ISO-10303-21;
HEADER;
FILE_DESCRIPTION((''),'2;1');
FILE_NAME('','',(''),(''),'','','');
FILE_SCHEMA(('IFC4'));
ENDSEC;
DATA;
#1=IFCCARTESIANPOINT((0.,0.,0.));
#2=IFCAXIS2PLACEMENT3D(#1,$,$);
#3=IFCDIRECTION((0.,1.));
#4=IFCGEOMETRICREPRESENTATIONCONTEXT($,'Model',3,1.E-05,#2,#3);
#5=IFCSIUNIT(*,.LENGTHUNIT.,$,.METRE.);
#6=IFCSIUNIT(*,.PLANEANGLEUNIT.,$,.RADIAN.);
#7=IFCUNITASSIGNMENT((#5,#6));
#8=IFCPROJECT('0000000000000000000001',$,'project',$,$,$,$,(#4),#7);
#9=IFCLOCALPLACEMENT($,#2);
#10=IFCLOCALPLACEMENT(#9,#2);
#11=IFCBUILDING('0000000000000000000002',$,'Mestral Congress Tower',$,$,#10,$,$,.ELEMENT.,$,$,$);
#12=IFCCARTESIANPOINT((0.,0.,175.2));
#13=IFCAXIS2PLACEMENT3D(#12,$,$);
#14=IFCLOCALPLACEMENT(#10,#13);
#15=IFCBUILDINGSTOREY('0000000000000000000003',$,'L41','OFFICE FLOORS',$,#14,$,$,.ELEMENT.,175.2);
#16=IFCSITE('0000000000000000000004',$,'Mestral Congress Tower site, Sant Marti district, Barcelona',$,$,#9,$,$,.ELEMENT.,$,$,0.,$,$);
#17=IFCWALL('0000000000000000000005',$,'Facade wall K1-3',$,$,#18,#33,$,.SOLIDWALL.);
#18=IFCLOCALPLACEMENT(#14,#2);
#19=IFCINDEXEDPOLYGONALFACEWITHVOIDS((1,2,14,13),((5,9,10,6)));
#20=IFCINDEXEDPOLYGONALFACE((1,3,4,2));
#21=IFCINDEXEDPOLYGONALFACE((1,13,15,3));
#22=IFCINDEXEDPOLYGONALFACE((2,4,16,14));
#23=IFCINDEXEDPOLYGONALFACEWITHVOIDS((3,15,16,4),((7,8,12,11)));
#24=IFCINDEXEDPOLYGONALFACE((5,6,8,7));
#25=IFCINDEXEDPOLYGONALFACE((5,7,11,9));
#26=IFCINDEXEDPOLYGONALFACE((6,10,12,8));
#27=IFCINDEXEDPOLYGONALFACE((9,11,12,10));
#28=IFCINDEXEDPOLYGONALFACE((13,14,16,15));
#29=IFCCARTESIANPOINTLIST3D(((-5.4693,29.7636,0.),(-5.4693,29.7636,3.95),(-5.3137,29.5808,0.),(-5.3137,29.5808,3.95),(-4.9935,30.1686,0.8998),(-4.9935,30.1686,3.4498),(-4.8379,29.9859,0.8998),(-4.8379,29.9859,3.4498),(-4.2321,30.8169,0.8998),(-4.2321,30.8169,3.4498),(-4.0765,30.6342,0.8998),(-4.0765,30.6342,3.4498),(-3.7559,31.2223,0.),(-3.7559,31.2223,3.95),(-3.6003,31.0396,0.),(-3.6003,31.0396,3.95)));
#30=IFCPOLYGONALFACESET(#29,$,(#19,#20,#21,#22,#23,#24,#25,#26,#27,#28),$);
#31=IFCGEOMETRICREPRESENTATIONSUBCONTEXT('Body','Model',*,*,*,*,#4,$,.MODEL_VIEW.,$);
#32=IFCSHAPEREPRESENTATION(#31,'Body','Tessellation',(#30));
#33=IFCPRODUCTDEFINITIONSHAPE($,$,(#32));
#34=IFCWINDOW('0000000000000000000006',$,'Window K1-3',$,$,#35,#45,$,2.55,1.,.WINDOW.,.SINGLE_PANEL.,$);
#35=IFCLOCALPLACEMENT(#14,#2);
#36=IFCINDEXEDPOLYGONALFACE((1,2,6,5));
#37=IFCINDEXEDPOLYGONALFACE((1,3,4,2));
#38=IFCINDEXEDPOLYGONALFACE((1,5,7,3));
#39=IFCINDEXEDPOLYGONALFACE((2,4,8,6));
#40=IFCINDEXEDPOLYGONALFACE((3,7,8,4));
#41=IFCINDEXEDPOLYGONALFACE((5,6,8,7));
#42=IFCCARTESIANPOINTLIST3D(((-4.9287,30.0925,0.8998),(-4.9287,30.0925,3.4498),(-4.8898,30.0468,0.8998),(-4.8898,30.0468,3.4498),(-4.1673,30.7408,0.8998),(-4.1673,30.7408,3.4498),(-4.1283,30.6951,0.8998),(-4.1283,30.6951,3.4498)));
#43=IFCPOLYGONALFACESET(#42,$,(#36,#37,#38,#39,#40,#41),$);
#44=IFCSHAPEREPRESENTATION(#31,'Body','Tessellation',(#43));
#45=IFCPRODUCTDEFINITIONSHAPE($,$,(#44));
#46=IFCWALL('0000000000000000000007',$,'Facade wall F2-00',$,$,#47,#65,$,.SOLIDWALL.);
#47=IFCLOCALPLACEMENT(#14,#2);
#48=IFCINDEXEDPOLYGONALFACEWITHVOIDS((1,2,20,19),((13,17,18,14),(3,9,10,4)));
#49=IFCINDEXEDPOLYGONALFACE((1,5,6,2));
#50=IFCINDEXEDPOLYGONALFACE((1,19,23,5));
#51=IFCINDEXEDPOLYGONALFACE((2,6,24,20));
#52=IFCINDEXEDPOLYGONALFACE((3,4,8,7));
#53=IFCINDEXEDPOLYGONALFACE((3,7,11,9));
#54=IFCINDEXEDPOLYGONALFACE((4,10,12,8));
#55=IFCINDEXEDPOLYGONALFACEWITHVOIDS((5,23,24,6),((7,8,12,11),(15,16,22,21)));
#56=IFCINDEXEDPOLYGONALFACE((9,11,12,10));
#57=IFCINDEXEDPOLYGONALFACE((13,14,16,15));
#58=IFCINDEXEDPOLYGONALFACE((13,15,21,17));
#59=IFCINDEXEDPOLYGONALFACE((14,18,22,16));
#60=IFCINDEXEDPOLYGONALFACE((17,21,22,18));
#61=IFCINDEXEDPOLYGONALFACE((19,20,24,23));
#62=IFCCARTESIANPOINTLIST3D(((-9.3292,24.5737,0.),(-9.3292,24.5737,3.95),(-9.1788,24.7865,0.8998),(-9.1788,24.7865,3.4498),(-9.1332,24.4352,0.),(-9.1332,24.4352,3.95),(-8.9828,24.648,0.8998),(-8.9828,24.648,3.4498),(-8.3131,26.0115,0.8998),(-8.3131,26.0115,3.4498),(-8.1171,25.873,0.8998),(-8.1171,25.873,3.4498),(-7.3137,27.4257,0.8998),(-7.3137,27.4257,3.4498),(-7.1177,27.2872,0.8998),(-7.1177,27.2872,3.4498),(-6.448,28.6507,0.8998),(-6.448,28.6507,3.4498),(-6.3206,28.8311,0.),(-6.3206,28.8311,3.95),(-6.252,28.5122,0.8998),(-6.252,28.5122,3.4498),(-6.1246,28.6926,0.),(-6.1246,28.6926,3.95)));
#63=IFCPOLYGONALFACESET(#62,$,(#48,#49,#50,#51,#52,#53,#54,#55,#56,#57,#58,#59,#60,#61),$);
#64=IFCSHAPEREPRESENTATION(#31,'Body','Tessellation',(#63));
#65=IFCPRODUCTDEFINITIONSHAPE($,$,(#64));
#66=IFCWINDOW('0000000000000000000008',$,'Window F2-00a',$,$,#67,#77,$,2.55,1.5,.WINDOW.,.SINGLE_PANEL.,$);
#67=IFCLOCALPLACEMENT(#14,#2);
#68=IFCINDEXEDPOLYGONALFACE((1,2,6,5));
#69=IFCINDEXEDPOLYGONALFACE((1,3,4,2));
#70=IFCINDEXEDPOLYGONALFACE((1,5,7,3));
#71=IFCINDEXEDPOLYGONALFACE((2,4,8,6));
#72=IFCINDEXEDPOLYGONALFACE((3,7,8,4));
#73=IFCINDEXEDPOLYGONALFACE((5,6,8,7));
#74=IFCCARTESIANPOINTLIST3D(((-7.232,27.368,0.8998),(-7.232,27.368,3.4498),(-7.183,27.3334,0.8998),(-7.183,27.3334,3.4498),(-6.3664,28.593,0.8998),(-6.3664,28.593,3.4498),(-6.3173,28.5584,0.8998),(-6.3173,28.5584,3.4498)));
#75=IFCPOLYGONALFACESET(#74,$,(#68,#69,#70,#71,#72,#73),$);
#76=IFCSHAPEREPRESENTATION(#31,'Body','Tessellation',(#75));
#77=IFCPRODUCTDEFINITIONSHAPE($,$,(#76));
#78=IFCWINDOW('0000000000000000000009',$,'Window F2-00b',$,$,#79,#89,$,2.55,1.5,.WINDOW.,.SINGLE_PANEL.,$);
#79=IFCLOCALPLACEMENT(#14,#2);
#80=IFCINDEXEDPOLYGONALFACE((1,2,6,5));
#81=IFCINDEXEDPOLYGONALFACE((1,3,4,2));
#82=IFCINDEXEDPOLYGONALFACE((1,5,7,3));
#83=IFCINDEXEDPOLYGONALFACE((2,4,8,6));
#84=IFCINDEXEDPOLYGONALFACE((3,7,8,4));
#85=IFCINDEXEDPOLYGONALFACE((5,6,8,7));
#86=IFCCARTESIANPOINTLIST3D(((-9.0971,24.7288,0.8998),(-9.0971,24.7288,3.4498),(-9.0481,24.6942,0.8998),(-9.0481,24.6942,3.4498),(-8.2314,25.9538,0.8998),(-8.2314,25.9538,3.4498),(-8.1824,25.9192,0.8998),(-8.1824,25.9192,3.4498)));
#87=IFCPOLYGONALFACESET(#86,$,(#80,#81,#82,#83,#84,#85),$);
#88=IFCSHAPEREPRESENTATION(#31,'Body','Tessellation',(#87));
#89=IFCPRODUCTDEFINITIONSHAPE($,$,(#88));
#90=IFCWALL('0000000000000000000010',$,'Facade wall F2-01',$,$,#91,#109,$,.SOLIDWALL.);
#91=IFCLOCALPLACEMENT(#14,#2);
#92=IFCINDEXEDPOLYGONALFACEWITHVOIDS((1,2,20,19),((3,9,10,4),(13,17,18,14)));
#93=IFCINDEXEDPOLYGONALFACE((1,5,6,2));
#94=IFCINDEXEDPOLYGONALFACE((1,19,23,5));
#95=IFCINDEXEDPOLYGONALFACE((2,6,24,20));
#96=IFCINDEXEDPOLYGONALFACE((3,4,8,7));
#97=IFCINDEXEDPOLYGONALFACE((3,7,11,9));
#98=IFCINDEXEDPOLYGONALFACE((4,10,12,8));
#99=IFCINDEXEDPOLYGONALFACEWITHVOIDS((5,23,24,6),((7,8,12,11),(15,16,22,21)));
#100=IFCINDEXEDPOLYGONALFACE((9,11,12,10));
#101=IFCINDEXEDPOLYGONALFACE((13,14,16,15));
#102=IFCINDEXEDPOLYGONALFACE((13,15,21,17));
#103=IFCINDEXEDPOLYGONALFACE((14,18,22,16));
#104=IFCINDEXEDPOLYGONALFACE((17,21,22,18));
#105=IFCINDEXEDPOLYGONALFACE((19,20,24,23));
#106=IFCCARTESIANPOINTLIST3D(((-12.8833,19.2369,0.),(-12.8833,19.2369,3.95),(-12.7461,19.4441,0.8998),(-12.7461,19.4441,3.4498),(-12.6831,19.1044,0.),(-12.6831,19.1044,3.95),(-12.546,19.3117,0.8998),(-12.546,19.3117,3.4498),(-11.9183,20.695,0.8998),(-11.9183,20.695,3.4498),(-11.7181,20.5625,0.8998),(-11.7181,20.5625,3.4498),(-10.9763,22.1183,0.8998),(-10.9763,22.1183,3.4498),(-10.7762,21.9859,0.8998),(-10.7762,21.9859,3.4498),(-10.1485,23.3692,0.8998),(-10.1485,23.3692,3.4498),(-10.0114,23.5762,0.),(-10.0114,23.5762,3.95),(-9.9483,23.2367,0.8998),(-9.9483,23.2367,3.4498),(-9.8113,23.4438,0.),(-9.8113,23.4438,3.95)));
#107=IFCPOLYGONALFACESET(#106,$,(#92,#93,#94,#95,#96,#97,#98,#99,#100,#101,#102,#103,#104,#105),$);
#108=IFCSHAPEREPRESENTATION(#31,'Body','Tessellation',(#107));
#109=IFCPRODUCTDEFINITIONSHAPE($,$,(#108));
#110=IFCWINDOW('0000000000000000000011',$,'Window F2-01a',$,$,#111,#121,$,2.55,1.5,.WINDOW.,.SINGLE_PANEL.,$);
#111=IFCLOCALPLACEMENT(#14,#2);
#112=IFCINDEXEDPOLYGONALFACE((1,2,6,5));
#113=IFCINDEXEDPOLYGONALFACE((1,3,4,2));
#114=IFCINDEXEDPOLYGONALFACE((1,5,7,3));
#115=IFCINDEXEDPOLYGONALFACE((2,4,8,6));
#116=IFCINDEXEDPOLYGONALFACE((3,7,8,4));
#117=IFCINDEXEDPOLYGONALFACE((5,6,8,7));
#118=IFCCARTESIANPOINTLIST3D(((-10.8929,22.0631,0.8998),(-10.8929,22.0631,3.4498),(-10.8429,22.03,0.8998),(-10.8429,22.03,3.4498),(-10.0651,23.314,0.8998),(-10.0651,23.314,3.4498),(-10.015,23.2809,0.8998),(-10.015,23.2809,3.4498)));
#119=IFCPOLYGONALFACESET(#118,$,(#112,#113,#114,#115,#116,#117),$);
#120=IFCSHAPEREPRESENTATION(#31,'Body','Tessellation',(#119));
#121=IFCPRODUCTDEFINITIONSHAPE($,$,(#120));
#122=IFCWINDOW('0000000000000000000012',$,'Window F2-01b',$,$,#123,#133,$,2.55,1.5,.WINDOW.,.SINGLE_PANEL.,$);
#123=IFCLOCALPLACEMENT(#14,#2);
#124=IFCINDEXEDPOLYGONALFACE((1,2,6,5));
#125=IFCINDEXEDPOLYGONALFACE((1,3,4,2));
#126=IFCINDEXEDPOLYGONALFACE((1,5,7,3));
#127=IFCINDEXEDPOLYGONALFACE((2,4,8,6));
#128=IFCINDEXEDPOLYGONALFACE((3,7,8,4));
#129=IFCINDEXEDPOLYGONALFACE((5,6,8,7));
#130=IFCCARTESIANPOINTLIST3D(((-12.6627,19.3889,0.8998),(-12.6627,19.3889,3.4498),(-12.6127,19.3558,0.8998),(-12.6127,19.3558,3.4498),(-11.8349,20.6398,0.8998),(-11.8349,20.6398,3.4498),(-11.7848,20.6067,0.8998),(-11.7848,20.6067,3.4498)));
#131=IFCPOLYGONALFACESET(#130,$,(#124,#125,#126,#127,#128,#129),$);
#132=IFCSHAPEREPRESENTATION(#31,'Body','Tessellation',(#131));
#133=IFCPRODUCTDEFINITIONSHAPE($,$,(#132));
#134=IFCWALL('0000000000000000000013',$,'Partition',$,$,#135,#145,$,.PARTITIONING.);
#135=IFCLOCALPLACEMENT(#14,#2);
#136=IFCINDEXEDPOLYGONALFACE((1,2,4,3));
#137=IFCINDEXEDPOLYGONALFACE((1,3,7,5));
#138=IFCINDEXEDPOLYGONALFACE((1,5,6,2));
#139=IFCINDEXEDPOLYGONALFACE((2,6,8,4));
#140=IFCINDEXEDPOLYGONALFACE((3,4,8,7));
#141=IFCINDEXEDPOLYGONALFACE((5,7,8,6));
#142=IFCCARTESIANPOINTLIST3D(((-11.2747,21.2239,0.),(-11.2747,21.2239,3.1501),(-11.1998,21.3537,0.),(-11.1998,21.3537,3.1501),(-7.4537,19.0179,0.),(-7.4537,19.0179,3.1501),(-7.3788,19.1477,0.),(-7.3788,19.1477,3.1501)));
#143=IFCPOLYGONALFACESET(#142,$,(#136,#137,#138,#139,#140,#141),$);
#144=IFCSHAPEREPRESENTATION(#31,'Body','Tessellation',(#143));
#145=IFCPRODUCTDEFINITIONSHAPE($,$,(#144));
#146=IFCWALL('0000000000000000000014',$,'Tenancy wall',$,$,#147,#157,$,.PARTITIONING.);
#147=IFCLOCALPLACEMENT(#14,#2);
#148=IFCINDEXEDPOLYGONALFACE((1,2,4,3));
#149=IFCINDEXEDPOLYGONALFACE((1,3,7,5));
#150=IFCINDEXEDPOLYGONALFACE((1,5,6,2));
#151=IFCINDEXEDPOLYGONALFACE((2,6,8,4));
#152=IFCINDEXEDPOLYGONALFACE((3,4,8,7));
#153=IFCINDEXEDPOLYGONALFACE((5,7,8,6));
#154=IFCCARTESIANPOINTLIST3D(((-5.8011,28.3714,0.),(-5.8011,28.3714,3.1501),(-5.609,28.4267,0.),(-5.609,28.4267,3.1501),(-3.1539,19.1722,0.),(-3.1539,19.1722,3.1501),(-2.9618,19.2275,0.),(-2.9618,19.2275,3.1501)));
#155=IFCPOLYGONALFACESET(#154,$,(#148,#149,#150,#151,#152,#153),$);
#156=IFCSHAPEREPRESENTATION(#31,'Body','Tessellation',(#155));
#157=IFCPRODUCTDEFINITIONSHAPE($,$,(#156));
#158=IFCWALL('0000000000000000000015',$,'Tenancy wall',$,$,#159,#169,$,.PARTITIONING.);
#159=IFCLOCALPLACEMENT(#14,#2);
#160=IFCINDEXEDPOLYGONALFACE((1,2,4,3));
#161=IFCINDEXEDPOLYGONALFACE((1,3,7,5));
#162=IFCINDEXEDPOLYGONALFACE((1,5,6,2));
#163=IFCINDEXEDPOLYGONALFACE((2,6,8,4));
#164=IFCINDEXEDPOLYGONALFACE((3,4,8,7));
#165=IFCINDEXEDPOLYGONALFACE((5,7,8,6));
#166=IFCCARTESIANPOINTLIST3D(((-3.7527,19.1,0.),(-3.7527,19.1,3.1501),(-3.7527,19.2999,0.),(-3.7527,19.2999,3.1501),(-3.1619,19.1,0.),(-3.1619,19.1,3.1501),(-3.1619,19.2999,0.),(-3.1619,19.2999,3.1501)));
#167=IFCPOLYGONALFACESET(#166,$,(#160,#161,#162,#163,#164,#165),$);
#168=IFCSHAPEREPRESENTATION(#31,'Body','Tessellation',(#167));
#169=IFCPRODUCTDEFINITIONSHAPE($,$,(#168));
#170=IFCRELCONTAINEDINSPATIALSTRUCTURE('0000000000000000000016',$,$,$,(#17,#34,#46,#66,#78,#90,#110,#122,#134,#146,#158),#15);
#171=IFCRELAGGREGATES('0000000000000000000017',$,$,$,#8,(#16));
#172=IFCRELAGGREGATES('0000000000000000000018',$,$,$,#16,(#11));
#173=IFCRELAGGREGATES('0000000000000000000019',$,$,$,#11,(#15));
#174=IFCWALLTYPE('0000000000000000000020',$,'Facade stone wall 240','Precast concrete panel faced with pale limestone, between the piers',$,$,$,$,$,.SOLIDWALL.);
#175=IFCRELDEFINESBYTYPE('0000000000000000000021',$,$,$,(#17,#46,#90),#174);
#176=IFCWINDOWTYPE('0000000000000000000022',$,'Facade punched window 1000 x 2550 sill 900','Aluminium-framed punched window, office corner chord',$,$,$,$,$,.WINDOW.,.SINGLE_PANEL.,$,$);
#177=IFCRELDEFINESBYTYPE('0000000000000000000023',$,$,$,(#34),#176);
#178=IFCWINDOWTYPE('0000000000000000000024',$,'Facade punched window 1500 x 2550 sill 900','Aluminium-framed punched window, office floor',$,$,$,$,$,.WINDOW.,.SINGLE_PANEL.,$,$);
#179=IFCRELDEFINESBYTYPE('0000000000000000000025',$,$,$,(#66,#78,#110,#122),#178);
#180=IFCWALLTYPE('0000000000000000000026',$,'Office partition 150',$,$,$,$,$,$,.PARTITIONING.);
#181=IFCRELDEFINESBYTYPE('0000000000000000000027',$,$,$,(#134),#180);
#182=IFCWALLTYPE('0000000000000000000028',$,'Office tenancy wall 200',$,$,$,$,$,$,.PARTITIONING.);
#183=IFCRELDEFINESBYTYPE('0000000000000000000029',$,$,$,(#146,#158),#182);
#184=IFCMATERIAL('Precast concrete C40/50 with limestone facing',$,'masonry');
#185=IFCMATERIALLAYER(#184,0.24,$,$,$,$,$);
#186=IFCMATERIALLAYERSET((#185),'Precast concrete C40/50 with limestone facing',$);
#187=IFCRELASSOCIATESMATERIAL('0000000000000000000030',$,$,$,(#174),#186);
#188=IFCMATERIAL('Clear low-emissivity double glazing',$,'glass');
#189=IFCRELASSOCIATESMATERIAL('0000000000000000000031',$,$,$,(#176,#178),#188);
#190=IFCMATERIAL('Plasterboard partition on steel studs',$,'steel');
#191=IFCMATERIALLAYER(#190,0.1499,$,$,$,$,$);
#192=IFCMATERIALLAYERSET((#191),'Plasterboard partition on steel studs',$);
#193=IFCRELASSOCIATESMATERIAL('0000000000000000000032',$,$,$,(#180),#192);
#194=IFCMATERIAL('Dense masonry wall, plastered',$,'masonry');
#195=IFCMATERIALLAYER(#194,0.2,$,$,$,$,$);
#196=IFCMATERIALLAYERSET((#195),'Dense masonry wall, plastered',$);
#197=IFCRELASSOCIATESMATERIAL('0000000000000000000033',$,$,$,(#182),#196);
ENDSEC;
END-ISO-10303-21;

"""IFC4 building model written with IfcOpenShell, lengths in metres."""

from ifc_helpers import new_model, si_unit, direction, frame, frame_2d, origin, place, context, subcontext, project, spatial, rectangle, extrude, material, layer, layer_set, type_object, element, fill, save


model = new_model("IFC4")

# Units and contexts
model_context = context("Model", 3, precision=1e-05, world=origin(), true_north=direction((0.0, 1.0)))
body_context = subcontext(model_context, "Body", "Model", "MODEL_VIEW")
ifc_project = project(units=[si_unit("LENGTHUNIT", "METRE"), si_unit("PLANEANGLEUNIT", "RADIAN")], contexts=[model_context])

# Site, building, storey
site_placement = place(None, origin())
site = spatial("IfcSite", under=ifc_project, at=site_placement, Name="Mestral Congress Tower site, Sant Marti district, Barcelona", CompositionType="ELEMENT", RefElevation=0.0)
building_placement = place(site_placement, origin())
building = spatial("IfcBuilding", under=site, at=building_placement, Name="Mestral Congress Tower", CompositionType="ELEMENT")
storey_placement = place(building_placement, frame((0.0, 0.0, 175.2)))
storey = spatial("IfcBuildingStorey", under=building, at=storey_placement, Name="L41", Description="OFFICE FLOORS", CompositionType="ELEMENT", Elevation=175.2)

# Wall, opening, window
ifc_material_1 = material(Name="Precast concrete C40/50 with limestone facing", Category="masonry")
ifc_layer_1 = layer(ifc_material_1, 0.24)
ifc_layer_set_1 = layer_set([ifc_layer_1], Name="Precast concrete C40/50 with limestone facing")
wall_type_1 = type_object("IfcWallType", Name="Facade stone wall 240", Description="Precast concrete panel faced with pale limestone, between the piers", PredefinedType="SOLIDWALL", material=ifc_layer_set_1)
ifc_material_2 = material(Name="Clear low-emissivity double glazing", Category="glass")
window_type_1 = type_object("IfcWindowType", Name="Facade punched window 1000 x 2550 sill 900", Description="Aluminium-framed punched window, office corner chord", PartitioningType="SINGLE_PANEL", PredefinedType="WINDOW", material=ifc_material_2)
wall_1_placement = place(storey_placement, frame((-3.6782, 31.1309, 0.0), z_axis=(0.0, 0.0, 1.0), x_axis=(-0.76142, -0.648259, 0.0)))
wall_1 = element("IfcWall", 1, at=wall_1_placement, inside=storey, type_object=wall_type_1, Name="Facade wall K1-3", PredefinedType="SOLIDWALL", context=body_context, shape_type="SweptSolid", body=[
    extrude(rectangle(XDim=2.2502, YDim=0.24, at=frame_2d((1.125, 0.0))), origin(), (0.0, 0.0, 1.0), 3.95),
])
opening_1_placement = place(wall_1_placement, frame((0.6252, 0.0, 0.8999)))
opening_1 = element("IfcOpeningElement", 2, at=opening_1_placement, cuts=wall_1, PredefinedType="OPENING", context=body_context, shape_type="SweptSolid", body=[
    extrude(rectangle(XDim=1.0, YDim=2.55, at=frame_2d((0.5, 1.2749))), frame((0.0, 0.1299, 0.0), z_axis=(0.0, -1.0, 0.0), x_axis=(1.0, 0.0, 0.0)), (0.0, 0.0, 1.0), 0.26),
])
window_1_placement = place(opening_1_placement, origin())
window_1 = element("IfcWindow", 3, at=window_1_placement, inside=storey, type_object=window_type_1, Name="Window K1-3", OverallHeight=2.55, OverallWidth=1.0, PartitioningType="SINGLE_PANEL", PredefinedType="WINDOW", context=body_context, shape_type="SweptSolid", body=[
    extrude(rectangle(XDim=1.0, YDim=2.55, at=frame_2d((0.5, 1.2749))), frame((0.0, 0.04, 0.0), z_axis=(0.0, -1.0, 0.0), x_axis=(1.0, 0.0, 0.0)), (0.0, 0.0, 1.0), 0.0601),
])
fill(opening_1, window_1)

# Walls, openings, windows
wall_2_placement = place(storey_placement, frame((-6.2227, 28.7617, 0.0), z_axis=(0.0, 0.0, 1.0), x_axis=(-0.577115, -0.816663, 0.0)))
wall_2 = element("IfcWall", 4, at=wall_2_placement, inside=storey, type_object=wall_type_1, Name="Facade wall F2-00", PredefinedType="SOLIDWALL", context=body_context, shape_type="SweptSolid", body=[
    extrude(rectangle(XDim=5.2131, YDim=0.24, at=frame_2d((2.6064, 0.0))), origin(), (0.0, 0.0, 1.0), 3.95),
])
opening_2_placement = place(wall_2_placement, frame((0.2207, 0.0, 0.8999)))
opening_2 = element("IfcOpeningElement", 5, at=opening_2_placement, cuts=wall_2, PredefinedType="OPENING", context=body_context, shape_type="SweptSolid", body=[
    extrude(rectangle(XDim=1.5, YDim=2.55, at=frame_2d((0.75, 1.2749))), frame((0.0, 0.1299, 0.0), z_axis=(0.0, -1.0, 0.0), x_axis=(1.0, 0.0, 0.0)), (0.0, 0.0, 1.0), 0.26),
])
opening_3_placement = place(wall_2_placement, frame((3.4524, 0.0, 0.8999)))
opening_3 = element("IfcOpeningElement", 6, at=opening_3_placement, cuts=wall_2, PredefinedType="OPENING", context=body_context, shape_type="SweptSolid", body=[
    extrude(rectangle(XDim=1.5, YDim=2.55, at=frame_2d((0.75, 1.2749))), frame((0.0, 0.1299, 0.0), z_axis=(0.0, -1.0, 0.0), x_axis=(1.0, 0.0, 0.0)), (0.0, 0.0, 1.0), 0.26),
])
window_type_2 = type_object("IfcWindowType", Name="Facade punched window 1500 x 2550 sill 900", Description="Aluminium-framed punched window, office floor", PartitioningType="SINGLE_PANEL", PredefinedType="WINDOW", material=ifc_material_2)
window_2_placement = place(opening_2_placement, origin())
window_2 = element("IfcWindow", 7, at=window_2_placement, inside=storey, type_object=window_type_2, Name="Window F2-00a", OverallHeight=2.55, OverallWidth=1.5, PartitioningType="SINGLE_PANEL", PredefinedType="WINDOW", context=body_context, shape_type="SweptSolid", body=[
    extrude(rectangle(XDim=1.5, YDim=2.55, at=frame_2d((0.75, 1.2749))), frame((0.0, 0.04, 0.0), z_axis=(0.0, -1.0, 0.0), x_axis=(1.0, 0.0, 0.0)), (0.0, 0.0, 1.0), 0.0601),
])
fill(opening_2, window_2)
window_3_placement = place(opening_3_placement, origin())
window_3 = element("IfcWindow", 8, at=window_3_placement, inside=storey, type_object=window_type_2, Name="Window F2-00b", OverallHeight=2.55, OverallWidth=1.5, PartitioningType="SINGLE_PANEL", PredefinedType="WINDOW", context=body_context, shape_type="SweptSolid", body=[
    extrude(rectangle(XDim=1.5, YDim=2.55, at=frame_2d((0.75, 1.2749))), frame((0.0, 0.04, 0.0), z_axis=(0.0, -1.0, 0.0), x_axis=(1.0, 0.0, 0.0)), (0.0, 0.0, 1.0), 0.0601),
])
fill(opening_3, window_3)
wall_3_placement = place(storey_placement, frame((-9.9114, 23.51, 0.0), z_axis=(0.0, 0.0, 1.0), x_axis=(-0.551893, -0.833915, 0.0)))
wall_3 = element("IfcWall", 9, at=wall_3_placement, inside=storey, type_object=wall_type_1, Name="Facade wall F2-01", PredefinedType="SOLIDWALL", context=body_context, shape_type="SweptSolid", body=[
    extrude(rectangle(XDim=5.2036, YDim=0.24, at=frame_2d((2.6018, 0.0))), origin(), (0.0, 0.0, 1.0), 3.95),
])
opening_4_placement = place(wall_3_placement, frame((0.2483, 0.0, 0.8999)))
opening_4 = element("IfcOpeningElement", 10, at=opening_4_placement, cuts=wall_3, PredefinedType="OPENING", context=body_context, shape_type="SweptSolid", body=[
    extrude(rectangle(XDim=1.5, YDim=2.55, at=frame_2d((0.75, 1.2749))), frame((0.0, 0.1299, 0.0), z_axis=(0.0, -1.0, 0.0), x_axis=(1.0, 0.0, 0.0)), (0.0, 0.0, 1.0), 0.26),
])
opening_5_placement = place(wall_3_placement, frame((3.4551, 0.0, 0.8999)))
opening_5 = element("IfcOpeningElement", 11, at=opening_5_placement, cuts=wall_3, PredefinedType="OPENING", context=body_context, shape_type="SweptSolid", body=[
    extrude(rectangle(XDim=1.5, YDim=2.55, at=frame_2d((0.75, 1.2749))), frame((0.0, 0.1299, 0.0), z_axis=(0.0, -1.0, 0.0), x_axis=(1.0, 0.0, 0.0)), (0.0, 0.0, 1.0), 0.26),
])
window_4_placement = place(opening_4_placement, origin())
window_4 = element("IfcWindow", 12, at=window_4_placement, inside=storey, type_object=window_type_2, Name="Window F2-01a", OverallHeight=2.55, OverallWidth=1.5, PartitioningType="SINGLE_PANEL", PredefinedType="WINDOW", context=body_context, shape_type="SweptSolid", body=[
    extrude(rectangle(XDim=1.5, YDim=2.55, at=frame_2d((0.75, 1.2749))), frame((0.0, 0.04, 0.0), z_axis=(0.0, -1.0, 0.0), x_axis=(1.0, 0.0, 0.0)), (0.0, 0.0, 1.0), 0.0601),
])
fill(opening_4, window_4)
window_5_placement = place(opening_5_placement, origin())
window_5 = element("IfcWindow", 13, at=window_5_placement, inside=storey, type_object=window_type_2, Name="Window F2-01b", OverallHeight=2.55, OverallWidth=1.5, PartitioningType="SINGLE_PANEL", PredefinedType="WINDOW", context=body_context, shape_type="SweptSolid", body=[
    extrude(rectangle(XDim=1.5, YDim=2.55, at=frame_2d((0.75, 1.2749))), frame((0.0, 0.04, 0.0), z_axis=(0.0, -1.0, 0.0), x_axis=(1.0, 0.0, 0.0)), (0.0, 0.0, 1.0), 0.0601),
])
fill(opening_5, window_5)

# Walls
ifc_material_3 = material(Name="Plasterboard partition on steel studs", Category="steel")
ifc_layer_2 = layer(ifc_material_3, 0.1499)
ifc_layer_set_2 = layer_set([ifc_layer_2], Name="Plasterboard partition on steel studs")
wall_type_2 = type_object("IfcWallType", Name="Office partition 150", PredefinedType="PARTITIONING", material=ifc_layer_set_2)
wall_4_placement = place(storey_placement, frame((-7.4163, 19.0828, 0.0), z_axis=(0.0, 0.0, 1.0), x_axis=(-0.866028, 0.499995, 0.0)))
element("IfcWall", 14, at=wall_4_placement, inside=storey, type_object=wall_type_2, Name="Partition", PredefinedType="PARTITIONING", context=body_context, shape_type="SweptSolid", body=[
    extrude(rectangle(XDim=4.4121, YDim=0.1499, at=frame_2d((2.2061, 0.0))), origin(), (0.0, 0.0, 1.0), 3.1501),
])
ifc_material_4 = material(Name="Dense masonry wall, plastered", Category="masonry")
ifc_layer_3 = layer(ifc_material_4, 0.2)
ifc_layer_set_3 = layer_set([ifc_layer_3], Name="Dense masonry wall, plastered")
wall_type_3 = type_object("IfcWallType", Name="Office tenancy wall 200", PredefinedType="PARTITIONING", material=ifc_layer_set_3)
wall_5_placement = place(storey_placement, frame((-3.0579, 19.2, 0.0), z_axis=(0.0, 0.0, 1.0), x_axis=(-0.276543, 0.961002, 0.0)))
element("IfcWall", 15, at=wall_5_placement, inside=storey, type_object=wall_type_3, Name="Tenancy wall", PredefinedType="PARTITIONING", context=body_context, shape_type="SweptSolid", body=[
    extrude(rectangle(XDim=9.5725, YDim=0.2, at=frame_2d((4.7861, 0.0))), origin(), (0.0, 0.0, 1.0), 3.1501),
])
wall_6_placement = place(storey_placement, frame((-3.1619, 19.2, 0.0), z_axis=(0.0, 0.0, 1.0), x_axis=(-1.0, 0.0, 0.0)))
element("IfcWall", 16, at=wall_6_placement, inside=storey, type_object=wall_type_3, Name="Tenancy wall", PredefinedType="PARTITIONING", context=body_context, shape_type="SweptSolid", body=[
    extrude(rectangle(XDim=0.5908, YDim=0.2, at=frame_2d((0.2954, 0.0))), origin(), (0.0, 0.0, 1.0), 3.1501),
])

save(model, "model.ifc")
